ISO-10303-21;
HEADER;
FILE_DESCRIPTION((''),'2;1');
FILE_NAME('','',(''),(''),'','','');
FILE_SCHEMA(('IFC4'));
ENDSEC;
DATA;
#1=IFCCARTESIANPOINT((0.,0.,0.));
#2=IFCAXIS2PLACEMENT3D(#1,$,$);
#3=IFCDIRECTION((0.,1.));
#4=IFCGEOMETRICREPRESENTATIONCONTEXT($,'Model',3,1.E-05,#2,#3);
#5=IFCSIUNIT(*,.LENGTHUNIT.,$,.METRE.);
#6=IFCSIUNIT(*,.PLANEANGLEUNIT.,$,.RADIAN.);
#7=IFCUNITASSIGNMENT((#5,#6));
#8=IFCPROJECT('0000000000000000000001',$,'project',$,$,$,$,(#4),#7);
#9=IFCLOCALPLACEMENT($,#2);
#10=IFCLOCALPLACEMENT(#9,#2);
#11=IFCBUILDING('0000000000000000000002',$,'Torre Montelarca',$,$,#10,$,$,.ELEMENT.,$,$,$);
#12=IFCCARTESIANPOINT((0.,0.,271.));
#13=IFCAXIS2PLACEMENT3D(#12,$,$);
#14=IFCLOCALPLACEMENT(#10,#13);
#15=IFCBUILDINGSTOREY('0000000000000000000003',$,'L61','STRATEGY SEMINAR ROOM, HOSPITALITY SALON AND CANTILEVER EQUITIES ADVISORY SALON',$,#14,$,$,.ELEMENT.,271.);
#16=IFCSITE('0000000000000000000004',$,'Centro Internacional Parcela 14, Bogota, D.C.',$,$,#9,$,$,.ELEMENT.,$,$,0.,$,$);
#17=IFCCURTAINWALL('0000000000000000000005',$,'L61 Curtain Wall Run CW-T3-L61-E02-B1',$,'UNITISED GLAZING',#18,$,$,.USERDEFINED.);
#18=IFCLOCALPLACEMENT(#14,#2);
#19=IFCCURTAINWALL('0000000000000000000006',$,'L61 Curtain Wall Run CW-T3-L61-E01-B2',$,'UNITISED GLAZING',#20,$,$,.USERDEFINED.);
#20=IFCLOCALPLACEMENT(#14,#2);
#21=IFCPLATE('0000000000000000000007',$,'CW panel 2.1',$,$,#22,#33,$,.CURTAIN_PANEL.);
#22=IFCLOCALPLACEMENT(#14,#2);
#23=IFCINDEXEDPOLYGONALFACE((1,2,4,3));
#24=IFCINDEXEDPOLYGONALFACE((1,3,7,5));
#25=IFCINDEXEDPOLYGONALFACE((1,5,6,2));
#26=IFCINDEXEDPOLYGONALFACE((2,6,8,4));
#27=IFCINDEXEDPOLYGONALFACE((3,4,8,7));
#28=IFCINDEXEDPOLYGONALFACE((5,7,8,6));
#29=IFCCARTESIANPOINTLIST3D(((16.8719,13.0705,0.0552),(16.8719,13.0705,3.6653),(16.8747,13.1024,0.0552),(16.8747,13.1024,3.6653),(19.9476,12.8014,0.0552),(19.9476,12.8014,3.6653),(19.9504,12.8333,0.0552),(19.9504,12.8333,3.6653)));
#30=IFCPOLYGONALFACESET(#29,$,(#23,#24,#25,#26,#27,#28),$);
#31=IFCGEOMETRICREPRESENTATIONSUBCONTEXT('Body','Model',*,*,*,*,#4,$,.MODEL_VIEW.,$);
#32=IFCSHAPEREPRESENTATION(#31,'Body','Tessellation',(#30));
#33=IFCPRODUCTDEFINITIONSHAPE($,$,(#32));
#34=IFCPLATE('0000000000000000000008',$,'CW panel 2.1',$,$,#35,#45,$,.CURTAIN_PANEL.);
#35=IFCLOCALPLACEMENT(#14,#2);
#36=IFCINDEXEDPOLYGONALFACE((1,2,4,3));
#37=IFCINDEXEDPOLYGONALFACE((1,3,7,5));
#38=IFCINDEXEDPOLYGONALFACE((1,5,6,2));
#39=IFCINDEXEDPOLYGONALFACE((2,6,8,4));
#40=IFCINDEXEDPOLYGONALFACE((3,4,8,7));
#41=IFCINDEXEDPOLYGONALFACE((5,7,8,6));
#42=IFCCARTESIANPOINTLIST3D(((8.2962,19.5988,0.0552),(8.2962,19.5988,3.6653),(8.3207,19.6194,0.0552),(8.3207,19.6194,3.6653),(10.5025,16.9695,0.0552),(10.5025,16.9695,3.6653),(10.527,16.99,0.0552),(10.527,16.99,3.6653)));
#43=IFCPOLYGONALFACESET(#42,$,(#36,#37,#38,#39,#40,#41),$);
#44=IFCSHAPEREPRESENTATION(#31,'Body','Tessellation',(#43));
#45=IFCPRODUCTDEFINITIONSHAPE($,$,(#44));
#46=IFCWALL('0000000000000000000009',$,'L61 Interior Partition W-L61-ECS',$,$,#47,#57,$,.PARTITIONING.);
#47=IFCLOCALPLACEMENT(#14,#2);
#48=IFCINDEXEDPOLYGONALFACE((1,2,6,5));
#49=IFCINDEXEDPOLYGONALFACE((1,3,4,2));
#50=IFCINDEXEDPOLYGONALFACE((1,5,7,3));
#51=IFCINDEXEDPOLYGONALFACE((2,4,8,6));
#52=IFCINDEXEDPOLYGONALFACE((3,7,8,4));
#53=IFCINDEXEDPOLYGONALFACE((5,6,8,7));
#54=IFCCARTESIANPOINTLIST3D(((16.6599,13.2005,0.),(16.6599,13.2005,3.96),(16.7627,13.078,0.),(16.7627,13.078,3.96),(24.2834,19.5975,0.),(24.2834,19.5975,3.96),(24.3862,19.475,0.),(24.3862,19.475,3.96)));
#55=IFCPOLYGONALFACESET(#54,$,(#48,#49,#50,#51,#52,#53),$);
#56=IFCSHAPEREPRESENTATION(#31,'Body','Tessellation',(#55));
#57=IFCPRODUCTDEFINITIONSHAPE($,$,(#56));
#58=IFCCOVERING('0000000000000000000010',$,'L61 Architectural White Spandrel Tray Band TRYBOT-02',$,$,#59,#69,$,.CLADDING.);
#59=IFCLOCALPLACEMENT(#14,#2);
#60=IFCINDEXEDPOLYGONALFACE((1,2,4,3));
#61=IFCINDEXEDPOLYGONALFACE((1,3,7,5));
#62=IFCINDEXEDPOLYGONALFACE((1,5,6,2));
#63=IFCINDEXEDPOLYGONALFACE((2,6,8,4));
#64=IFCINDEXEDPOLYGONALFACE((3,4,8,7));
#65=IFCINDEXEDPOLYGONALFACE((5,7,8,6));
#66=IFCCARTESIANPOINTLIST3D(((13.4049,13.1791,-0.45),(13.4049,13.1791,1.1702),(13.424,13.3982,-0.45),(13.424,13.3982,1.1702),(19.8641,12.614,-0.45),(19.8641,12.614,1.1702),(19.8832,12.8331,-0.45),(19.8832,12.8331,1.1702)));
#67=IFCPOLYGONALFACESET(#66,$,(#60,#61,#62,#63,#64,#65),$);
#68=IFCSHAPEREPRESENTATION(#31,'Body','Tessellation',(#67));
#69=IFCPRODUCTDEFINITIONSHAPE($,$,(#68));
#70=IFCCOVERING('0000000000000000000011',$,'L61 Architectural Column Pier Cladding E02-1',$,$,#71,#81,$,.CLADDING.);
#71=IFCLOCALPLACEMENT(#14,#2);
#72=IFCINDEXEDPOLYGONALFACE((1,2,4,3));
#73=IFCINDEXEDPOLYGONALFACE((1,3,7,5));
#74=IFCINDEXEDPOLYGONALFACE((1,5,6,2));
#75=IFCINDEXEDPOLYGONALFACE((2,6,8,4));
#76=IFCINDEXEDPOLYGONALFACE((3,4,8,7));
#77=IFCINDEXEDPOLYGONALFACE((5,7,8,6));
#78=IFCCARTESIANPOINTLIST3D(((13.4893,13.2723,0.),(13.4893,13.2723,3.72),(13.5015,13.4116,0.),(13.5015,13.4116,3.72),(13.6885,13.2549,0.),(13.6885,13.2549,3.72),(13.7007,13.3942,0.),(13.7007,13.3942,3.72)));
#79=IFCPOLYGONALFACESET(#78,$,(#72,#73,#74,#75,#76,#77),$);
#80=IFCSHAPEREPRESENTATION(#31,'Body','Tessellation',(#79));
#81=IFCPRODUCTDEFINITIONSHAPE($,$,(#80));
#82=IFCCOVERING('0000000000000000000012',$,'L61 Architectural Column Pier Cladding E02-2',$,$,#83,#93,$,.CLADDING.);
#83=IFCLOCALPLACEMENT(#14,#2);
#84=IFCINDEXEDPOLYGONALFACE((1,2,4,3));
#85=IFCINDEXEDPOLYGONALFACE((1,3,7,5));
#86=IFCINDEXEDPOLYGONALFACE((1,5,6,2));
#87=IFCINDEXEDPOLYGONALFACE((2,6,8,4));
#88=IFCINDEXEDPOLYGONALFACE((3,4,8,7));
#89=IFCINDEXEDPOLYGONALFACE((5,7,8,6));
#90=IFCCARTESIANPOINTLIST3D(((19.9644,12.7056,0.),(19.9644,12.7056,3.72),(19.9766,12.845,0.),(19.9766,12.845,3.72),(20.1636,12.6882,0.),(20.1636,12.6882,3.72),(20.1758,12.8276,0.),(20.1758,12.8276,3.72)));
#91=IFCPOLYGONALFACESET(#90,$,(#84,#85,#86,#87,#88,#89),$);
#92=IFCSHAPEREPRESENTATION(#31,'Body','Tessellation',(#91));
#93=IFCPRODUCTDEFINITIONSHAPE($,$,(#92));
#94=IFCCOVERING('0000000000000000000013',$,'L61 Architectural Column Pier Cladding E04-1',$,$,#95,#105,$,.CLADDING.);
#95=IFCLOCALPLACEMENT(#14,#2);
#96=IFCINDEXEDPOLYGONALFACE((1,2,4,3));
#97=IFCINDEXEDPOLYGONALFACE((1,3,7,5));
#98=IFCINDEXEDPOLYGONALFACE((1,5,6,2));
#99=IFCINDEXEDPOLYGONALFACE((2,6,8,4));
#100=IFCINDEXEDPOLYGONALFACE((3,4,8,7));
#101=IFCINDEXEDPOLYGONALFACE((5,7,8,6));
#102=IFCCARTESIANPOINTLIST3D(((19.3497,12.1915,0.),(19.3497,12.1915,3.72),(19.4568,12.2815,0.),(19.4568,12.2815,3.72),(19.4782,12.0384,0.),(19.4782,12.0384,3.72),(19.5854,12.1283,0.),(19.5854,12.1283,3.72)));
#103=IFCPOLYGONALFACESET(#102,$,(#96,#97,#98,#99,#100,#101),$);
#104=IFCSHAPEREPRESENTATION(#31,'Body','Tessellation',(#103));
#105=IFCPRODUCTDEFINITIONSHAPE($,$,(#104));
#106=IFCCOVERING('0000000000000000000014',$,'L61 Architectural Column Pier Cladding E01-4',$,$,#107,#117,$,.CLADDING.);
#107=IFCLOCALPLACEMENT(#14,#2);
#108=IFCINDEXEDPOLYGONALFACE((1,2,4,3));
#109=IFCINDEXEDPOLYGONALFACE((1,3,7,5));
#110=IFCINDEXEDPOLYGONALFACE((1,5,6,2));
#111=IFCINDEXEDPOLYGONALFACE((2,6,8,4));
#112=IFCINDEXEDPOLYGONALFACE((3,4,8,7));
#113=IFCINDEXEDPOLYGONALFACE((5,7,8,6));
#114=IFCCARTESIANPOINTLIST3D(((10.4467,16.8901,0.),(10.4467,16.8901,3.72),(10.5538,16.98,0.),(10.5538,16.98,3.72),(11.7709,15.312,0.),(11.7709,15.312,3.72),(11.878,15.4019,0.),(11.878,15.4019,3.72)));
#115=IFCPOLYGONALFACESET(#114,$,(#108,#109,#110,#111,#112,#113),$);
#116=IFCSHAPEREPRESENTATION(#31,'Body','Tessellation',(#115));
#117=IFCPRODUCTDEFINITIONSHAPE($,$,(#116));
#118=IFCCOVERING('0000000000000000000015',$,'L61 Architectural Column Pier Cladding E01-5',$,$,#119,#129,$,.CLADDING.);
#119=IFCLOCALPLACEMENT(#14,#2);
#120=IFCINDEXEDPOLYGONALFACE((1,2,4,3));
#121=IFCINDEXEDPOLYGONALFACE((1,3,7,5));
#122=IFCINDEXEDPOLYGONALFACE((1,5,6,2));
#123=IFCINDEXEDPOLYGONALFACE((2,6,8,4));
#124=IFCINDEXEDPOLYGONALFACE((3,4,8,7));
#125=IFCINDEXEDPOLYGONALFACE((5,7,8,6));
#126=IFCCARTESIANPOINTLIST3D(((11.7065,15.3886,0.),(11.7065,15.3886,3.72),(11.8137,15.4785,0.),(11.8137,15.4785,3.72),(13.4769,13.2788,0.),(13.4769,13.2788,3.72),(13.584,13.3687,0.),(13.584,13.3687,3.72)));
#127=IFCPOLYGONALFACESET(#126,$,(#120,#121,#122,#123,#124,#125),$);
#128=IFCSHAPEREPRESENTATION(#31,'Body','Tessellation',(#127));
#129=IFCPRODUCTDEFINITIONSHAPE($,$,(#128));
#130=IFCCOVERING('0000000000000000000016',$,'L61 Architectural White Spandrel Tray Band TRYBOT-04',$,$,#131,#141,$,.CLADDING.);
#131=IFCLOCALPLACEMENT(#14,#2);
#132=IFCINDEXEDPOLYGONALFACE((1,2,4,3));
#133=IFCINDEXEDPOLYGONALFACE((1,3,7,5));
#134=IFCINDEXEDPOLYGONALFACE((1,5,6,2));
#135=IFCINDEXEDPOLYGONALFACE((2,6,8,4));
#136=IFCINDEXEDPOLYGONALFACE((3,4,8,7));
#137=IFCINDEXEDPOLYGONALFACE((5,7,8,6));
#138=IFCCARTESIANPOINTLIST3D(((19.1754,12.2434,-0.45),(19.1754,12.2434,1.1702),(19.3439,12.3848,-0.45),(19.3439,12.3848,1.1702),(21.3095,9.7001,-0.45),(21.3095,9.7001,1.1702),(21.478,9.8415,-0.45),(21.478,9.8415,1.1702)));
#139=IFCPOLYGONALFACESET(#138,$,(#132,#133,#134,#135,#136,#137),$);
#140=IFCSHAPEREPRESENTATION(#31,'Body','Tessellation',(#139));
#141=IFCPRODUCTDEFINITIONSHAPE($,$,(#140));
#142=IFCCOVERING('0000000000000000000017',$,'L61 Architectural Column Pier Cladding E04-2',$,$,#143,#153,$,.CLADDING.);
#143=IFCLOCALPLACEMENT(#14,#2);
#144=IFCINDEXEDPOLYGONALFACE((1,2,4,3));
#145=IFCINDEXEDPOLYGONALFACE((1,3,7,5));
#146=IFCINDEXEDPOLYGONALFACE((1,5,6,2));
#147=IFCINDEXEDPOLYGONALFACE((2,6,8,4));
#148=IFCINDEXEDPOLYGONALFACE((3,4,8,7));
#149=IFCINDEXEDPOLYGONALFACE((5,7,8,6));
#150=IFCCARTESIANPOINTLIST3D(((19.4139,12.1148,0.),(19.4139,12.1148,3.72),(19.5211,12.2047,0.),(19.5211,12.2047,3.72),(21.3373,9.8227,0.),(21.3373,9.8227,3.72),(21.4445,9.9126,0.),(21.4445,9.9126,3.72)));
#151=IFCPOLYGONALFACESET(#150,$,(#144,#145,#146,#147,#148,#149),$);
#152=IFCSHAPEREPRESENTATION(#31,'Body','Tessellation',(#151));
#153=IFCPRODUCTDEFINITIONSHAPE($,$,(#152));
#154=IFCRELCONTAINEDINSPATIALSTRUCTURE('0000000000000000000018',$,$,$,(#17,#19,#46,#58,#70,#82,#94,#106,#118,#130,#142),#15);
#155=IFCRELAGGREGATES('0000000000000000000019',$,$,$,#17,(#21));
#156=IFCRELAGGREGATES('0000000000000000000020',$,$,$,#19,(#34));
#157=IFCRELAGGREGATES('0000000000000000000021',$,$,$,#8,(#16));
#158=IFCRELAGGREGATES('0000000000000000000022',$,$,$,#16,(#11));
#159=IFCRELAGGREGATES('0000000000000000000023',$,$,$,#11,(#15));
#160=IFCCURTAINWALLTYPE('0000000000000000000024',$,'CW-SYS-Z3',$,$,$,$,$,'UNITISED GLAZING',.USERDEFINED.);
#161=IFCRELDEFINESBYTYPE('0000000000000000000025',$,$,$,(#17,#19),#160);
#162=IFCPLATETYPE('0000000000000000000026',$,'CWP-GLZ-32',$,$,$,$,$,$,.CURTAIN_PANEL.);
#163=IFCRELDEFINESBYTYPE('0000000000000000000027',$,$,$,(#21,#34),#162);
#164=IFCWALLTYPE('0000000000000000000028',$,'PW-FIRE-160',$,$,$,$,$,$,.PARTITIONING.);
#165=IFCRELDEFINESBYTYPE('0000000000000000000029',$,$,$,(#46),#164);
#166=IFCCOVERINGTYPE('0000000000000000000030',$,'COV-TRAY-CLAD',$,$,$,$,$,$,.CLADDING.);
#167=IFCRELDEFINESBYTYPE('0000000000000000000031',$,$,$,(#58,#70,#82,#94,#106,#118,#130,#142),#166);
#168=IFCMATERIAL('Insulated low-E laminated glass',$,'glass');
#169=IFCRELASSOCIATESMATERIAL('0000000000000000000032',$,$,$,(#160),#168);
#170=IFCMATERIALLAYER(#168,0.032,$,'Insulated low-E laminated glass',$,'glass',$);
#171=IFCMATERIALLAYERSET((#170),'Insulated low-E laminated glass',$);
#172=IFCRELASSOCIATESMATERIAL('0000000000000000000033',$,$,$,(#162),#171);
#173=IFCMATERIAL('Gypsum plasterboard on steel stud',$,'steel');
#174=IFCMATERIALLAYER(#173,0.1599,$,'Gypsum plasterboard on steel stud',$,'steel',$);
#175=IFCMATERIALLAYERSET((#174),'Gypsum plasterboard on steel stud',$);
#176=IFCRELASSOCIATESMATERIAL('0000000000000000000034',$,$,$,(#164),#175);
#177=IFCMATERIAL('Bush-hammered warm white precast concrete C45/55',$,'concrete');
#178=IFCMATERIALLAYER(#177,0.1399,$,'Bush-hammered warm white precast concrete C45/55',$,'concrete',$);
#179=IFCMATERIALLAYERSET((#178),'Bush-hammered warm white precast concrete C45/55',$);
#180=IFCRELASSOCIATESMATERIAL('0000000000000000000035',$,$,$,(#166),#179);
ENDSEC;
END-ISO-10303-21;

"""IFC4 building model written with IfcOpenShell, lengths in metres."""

from ifc_helpers import new_model, si_unit, direction, frame, frame_2d, origin, origin_2d, place, context, subcontext, project, spatial, rectangle, extrude, source, transform, mapped, material, layer, layer_set, type_object, element, aggregate, save


model = new_model("IFC4")

# Units and contexts
model_context = context("Model", 3, precision=1e-05, world=origin(), true_north=direction((0.0, 1.0)))
body_context = subcontext(model_context, "Body", "Model", "MODEL_VIEW")
ifc_project = project(units=[si_unit("LENGTHUNIT", "METRE"), si_unit("PLANEANGLEUNIT", "RADIAN")], contexts=[model_context])

# Site, building, storey
site_placement = place(None, origin())
site = spatial("IfcSite", under=ifc_project, at=site_placement, Name="Centro Internacional Parcela 14, Bogota, D.C.", CompositionType="ELEMENT", RefElevation=0.0)
building_placement = place(site_placement, origin())
building = spatial("IfcBuilding", under=site, at=building_placement, Name="Torre Montelarca", CompositionType="ELEMENT")
storey_placement = place(building_placement, frame((0.0, 0.0, 271.0)))
storey = spatial("IfcBuildingStorey", under=building, at=storey_placement, Name="L61", Description="STRATEGY SEMINAR ROOM, HOSPITALITY SALON AND CANTILEVER EQUITIES ADVISORY SALON", CompositionType="ELEMENT", Elevation=271.0)

# Curtain wall
ifc_material_1 = material(Name="Insulated low-E laminated glass", Category="glass")
curtain_wall_type = type_object("IfcCurtainWallType", Name="CW-SYS-Z3", ElementType="UNITISED GLAZING", PredefinedType="USERDEFINED", material=ifc_material_1)
curtain_wall_1_placement = place(storey_placement, origin())
curtain_wall_1 = element("IfcCurtainWall", 1, at=curtain_wall_1_placement, inside=storey, type_object=curtain_wall_type, Name="L61 Curtain Wall Run CW-T3-L61-E02-B1", ObjectType="UNITISED GLAZING", PredefinedType="USERDEFINED")

# Curtain wall
curtain_wall_2_placement = place(storey_placement, origin())
curtain_wall_2 = element("IfcCurtainWall", 2, at=curtain_wall_2_placement, inside=storey, type_object=curtain_wall_type, Name="L61 Curtain Wall Run CW-T3-L61-E01-B2", ObjectType="UNITISED GLAZING", PredefinedType="USERDEFINED")

# Plates
ifc_layer_1 = layer(ifc_material_1, 0.032, Name="Insulated low-E laminated glass", Category="glass")
ifc_layer_set_1 = layer_set([ifc_layer_1], Name="Insulated low-E laminated glass")
plate_type = type_object("IfcPlateType", Name="CWP-GLZ-32", PredefinedType="CURTAIN_PANEL", material=ifc_layer_set_1)
shared_shape_1 = source(origin(), body_context, "Body", "SweptSolid", [
    extrude(rectangle(XDim=3.0874, YDim=0.032, at=origin_2d()), origin(), (0.0, 0.0, 1.0), 3.6101),
])
plate_1_placement = place(storey_placement, frame((18.4111, 12.9519, 0.0552), z_axis=(0.0, 0.0, 1.0), x_axis=(0.996193, -0.087174, 0.0)))
plate_1 = element("IfcPlate", 3, at=plate_1_placement, type_object=plate_type, Name="CW panel 2.1", PredefinedType="CURTAIN_PANEL", context=body_context, shape_type="MappedRepresentation", body=[
    mapped(shared_shape_1, transform((0.0, 0.0, 0.0), scale=1.0)),
])
aggregate(curtain_wall_1, [plate_1])
shared_shape_2 = source(origin(), body_context, "Body", "SweptSolid", [
    extrude(rectangle(XDim=3.4324, YDim=0.032, at=origin_2d()), origin(), (0.0, 0.0, 1.0), 3.6101),
])
plate_2_placement = place(storey_placement, frame((9.4116, 18.2944, 0.0552), z_axis=(0.0, 0.0, 1.0), x_axis=(0.642794, -0.766039, 0.0)))
plate_2 = element("IfcPlate", 4, at=plate_2_placement, type_object=plate_type, Name="CW panel 2.1", PredefinedType="CURTAIN_PANEL", context=body_context, shape_type="MappedRepresentation", body=[
    mapped(shared_shape_2, transform((0.0, 0.0, 0.0), scale=1.0)),
])
aggregate(curtain_wall_2, [plate_2])

# Wall
ifc_material_2 = material(Name="Gypsum plasterboard on steel stud", Category="steel")
ifc_layer_2 = layer(ifc_material_2, 0.1599, Name="Gypsum plasterboard on steel stud", Category="steel")
ifc_layer_set_2 = layer_set([ifc_layer_2], Name="Gypsum plasterboard on steel stud")
wall_type = type_object("IfcWallType", Name="PW-FIRE-160", PredefinedType="PARTITIONING", material=ifc_layer_set_2)
wall_placement = place(storey_placement, frame((16.7112, 13.1392, 0.0), z_axis=(0.0, 0.0, 1.0), x_axis=(0.766041, 0.642792, 0.0)))
element("IfcWall", 5, at=wall_placement, inside=storey, type_object=wall_type, Name="L61 Interior Partition W-L61-ECS", PredefinedType="PARTITIONING", context=body_context, shape_type="SweptSolid", body=[
    extrude(rectangle(XDim=9.9519, YDim=0.1599, at=frame_2d((4.9761, 0.0))), origin(), (0.0, 0.0, 1.0), 3.96),
])

# Coverings
ifc_material_3 = material(Name="Bush-hammered warm white precast concrete C45/55", Category="concrete")
ifc_layer_3 = layer(ifc_material_3, 0.1399, Name="Bush-hammered warm white precast concrete C45/55", Category="concrete")
ifc_layer_set_3 = layer_set([ifc_layer_3], Name="Bush-hammered warm white precast concrete C45/55")
covering_type = type_object("IfcCoveringType", Name="COV-TRAY-CLAD", PredefinedType="CLADDING", material=ifc_layer_set_3)
shared_shape_3 = source(origin(), body_context, "Body", "SweptSolid", [
    extrude(rectangle(XDim=6.4839, YDim=0.22, at=origin_2d()), origin(), (0.0, 0.0, 1.0), 1.6201),
])
covering_1_placement = place(storey_placement, frame((16.644, 13.0061, -0.45), z_axis=(0.0, 0.0, 1.0), x_axis=(0.996194, -0.087163, 0.0)))
element("IfcCovering", 6, at=covering_1_placement, inside=storey, type_object=covering_type, Name="L61 Architectural White Spandrel Tray Band TRYBOT-02", PredefinedType="CLADDING", context=body_context, shape_type="MappedRepresentation", body=[
    mapped(shared_shape_3, transform((0.0, 0.0, 0.0), scale=1.0)),
])
shared_shape_4 = source(origin(), body_context, "Body", "SweptSolid", [
    extrude(rectangle(XDim=0.2, YDim=0.1399, at=origin_2d()), origin(), (0.0, 0.0, 1.0), 3.72),
])
for number, where, z_axis, x_axis, name in (
    (7, (13.595, 13.3333, 0.0), (0.0, 0.0, 1.0), (0.996193, -0.08717, 0.0), "L61 Architectural Column Pier Cladding E02-1"),
    (8, (20.0701, 12.7666, 0.0), (0.0, 0.0, 1.0), (0.996193, -0.08717, 0.0), "L61 Architectural Column Pier Cladding E02-2"),
    (9, (19.4675, 12.1599, 0.0), (0.0, 0.0, 1.0), (0.642808, -0.766028, 0.0), "L61 Architectural Column Pier Cladding E04-1"),
):
    element("IfcCovering", number, at=place(storey_placement, frame(where, z_axis=z_axis, x_axis=x_axis)), inside=storey, type_object=covering_type, Name=name, PredefinedType="CLADDING", context=body_context, shape_type="MappedRepresentation", body=[
        mapped(shared_shape_4, transform((0.0, 0.0, 0.0), scale=1.0)),
    ])
shared_shape_5 = source(origin(), body_context, "Body", "SweptSolid", [
    extrude(rectangle(XDim=2.0601, YDim=0.1399, at=origin_2d()), origin(), (0.0, 0.0, 1.0), 3.72),
])
covering_2_placement = place(storey_placement, frame((11.1624, 16.146, 0.0), z_axis=(0.0, 0.0, 1.0), x_axis=(0.642789, -0.766043, 0.0)))
element("IfcCovering", 10, at=covering_2_placement, inside=storey, type_object=covering_type, Name="L61 Architectural Column Pier Cladding E01-4", PredefinedType="CLADDING", context=body_context, shape_type="MappedRepresentation", body=[
    mapped(shared_shape_5, transform((0.0, 0.0, 0.0), scale=1.0)),
])
shared_shape_6 = source(origin(), body_context, "Body", "SweptSolid", [
    extrude(rectangle(XDim=2.7542, YDim=0.1399, at=origin_2d()), origin(), (0.0, 0.0, 1.0), 3.72),
])
covering_3_placement = place(storey_placement, frame((12.6453, 14.3787, 0.0), z_axis=(0.0, 0.0, 1.0), x_axis=(0.642789, -0.766043, 0.0)))
element("IfcCovering", 11, at=covering_3_placement, inside=storey, type_object=covering_type, Name="L61 Architectural Column Pier Cladding E01-5", PredefinedType="CLADDING", context=body_context, shape_type="MappedRepresentation", body=[
    mapped(shared_shape_6, transform((0.0, 0.0, 0.0), scale=1.0)),
])
shared_shape_7 = source(origin(), body_context, "Body", "SweptSolid", [
    extrude(rectangle(XDim=3.3201, YDim=0.22, at=origin_2d()), origin(), (0.0, 0.0, 1.0), 1.6201),
])
covering_4_placement = place(storey_placement, frame((20.3267, 11.0425, -0.45), z_axis=(0.0, 0.0, 1.0), x_axis=(0.64279, -0.766042, 0.0)))
element("IfcCovering", 12, at=covering_4_placement, inside=storey, type_object=covering_type, Name="L61 Architectural White Spandrel Tray Band TRYBOT-04", PredefinedType="CLADDING", context=body_context, shape_type="MappedRepresentation", body=[
    mapped(shared_shape_7, transform((0.0, 0.0, 0.0), scale=1.0)),
])
shared_shape_8 = source(origin(), body_context, "Body", "SweptSolid", [
    extrude(rectangle(XDim=2.9922, YDim=0.1399, at=origin_2d()), origin(), (0.0, 0.0, 1.0), 3.72),
])
covering_5_placement = place(storey_placement, frame((20.4292, 11.0137, 0.0), z_axis=(0.0, 0.0, 1.0), x_axis=(0.642808, -0.766028, 0.0)))
element("IfcCovering", 13, at=covering_5_placement, inside=storey, type_object=covering_type, Name="L61 Architectural Column Pier Cladding E04-2", PredefinedType="CLADDING", context=body_context, shape_type="MappedRepresentation", body=[
    mapped(shared_shape_8, transform((0.0, 0.0, 0.0), scale=1.0)),
])

save(model, "model.ifc")
